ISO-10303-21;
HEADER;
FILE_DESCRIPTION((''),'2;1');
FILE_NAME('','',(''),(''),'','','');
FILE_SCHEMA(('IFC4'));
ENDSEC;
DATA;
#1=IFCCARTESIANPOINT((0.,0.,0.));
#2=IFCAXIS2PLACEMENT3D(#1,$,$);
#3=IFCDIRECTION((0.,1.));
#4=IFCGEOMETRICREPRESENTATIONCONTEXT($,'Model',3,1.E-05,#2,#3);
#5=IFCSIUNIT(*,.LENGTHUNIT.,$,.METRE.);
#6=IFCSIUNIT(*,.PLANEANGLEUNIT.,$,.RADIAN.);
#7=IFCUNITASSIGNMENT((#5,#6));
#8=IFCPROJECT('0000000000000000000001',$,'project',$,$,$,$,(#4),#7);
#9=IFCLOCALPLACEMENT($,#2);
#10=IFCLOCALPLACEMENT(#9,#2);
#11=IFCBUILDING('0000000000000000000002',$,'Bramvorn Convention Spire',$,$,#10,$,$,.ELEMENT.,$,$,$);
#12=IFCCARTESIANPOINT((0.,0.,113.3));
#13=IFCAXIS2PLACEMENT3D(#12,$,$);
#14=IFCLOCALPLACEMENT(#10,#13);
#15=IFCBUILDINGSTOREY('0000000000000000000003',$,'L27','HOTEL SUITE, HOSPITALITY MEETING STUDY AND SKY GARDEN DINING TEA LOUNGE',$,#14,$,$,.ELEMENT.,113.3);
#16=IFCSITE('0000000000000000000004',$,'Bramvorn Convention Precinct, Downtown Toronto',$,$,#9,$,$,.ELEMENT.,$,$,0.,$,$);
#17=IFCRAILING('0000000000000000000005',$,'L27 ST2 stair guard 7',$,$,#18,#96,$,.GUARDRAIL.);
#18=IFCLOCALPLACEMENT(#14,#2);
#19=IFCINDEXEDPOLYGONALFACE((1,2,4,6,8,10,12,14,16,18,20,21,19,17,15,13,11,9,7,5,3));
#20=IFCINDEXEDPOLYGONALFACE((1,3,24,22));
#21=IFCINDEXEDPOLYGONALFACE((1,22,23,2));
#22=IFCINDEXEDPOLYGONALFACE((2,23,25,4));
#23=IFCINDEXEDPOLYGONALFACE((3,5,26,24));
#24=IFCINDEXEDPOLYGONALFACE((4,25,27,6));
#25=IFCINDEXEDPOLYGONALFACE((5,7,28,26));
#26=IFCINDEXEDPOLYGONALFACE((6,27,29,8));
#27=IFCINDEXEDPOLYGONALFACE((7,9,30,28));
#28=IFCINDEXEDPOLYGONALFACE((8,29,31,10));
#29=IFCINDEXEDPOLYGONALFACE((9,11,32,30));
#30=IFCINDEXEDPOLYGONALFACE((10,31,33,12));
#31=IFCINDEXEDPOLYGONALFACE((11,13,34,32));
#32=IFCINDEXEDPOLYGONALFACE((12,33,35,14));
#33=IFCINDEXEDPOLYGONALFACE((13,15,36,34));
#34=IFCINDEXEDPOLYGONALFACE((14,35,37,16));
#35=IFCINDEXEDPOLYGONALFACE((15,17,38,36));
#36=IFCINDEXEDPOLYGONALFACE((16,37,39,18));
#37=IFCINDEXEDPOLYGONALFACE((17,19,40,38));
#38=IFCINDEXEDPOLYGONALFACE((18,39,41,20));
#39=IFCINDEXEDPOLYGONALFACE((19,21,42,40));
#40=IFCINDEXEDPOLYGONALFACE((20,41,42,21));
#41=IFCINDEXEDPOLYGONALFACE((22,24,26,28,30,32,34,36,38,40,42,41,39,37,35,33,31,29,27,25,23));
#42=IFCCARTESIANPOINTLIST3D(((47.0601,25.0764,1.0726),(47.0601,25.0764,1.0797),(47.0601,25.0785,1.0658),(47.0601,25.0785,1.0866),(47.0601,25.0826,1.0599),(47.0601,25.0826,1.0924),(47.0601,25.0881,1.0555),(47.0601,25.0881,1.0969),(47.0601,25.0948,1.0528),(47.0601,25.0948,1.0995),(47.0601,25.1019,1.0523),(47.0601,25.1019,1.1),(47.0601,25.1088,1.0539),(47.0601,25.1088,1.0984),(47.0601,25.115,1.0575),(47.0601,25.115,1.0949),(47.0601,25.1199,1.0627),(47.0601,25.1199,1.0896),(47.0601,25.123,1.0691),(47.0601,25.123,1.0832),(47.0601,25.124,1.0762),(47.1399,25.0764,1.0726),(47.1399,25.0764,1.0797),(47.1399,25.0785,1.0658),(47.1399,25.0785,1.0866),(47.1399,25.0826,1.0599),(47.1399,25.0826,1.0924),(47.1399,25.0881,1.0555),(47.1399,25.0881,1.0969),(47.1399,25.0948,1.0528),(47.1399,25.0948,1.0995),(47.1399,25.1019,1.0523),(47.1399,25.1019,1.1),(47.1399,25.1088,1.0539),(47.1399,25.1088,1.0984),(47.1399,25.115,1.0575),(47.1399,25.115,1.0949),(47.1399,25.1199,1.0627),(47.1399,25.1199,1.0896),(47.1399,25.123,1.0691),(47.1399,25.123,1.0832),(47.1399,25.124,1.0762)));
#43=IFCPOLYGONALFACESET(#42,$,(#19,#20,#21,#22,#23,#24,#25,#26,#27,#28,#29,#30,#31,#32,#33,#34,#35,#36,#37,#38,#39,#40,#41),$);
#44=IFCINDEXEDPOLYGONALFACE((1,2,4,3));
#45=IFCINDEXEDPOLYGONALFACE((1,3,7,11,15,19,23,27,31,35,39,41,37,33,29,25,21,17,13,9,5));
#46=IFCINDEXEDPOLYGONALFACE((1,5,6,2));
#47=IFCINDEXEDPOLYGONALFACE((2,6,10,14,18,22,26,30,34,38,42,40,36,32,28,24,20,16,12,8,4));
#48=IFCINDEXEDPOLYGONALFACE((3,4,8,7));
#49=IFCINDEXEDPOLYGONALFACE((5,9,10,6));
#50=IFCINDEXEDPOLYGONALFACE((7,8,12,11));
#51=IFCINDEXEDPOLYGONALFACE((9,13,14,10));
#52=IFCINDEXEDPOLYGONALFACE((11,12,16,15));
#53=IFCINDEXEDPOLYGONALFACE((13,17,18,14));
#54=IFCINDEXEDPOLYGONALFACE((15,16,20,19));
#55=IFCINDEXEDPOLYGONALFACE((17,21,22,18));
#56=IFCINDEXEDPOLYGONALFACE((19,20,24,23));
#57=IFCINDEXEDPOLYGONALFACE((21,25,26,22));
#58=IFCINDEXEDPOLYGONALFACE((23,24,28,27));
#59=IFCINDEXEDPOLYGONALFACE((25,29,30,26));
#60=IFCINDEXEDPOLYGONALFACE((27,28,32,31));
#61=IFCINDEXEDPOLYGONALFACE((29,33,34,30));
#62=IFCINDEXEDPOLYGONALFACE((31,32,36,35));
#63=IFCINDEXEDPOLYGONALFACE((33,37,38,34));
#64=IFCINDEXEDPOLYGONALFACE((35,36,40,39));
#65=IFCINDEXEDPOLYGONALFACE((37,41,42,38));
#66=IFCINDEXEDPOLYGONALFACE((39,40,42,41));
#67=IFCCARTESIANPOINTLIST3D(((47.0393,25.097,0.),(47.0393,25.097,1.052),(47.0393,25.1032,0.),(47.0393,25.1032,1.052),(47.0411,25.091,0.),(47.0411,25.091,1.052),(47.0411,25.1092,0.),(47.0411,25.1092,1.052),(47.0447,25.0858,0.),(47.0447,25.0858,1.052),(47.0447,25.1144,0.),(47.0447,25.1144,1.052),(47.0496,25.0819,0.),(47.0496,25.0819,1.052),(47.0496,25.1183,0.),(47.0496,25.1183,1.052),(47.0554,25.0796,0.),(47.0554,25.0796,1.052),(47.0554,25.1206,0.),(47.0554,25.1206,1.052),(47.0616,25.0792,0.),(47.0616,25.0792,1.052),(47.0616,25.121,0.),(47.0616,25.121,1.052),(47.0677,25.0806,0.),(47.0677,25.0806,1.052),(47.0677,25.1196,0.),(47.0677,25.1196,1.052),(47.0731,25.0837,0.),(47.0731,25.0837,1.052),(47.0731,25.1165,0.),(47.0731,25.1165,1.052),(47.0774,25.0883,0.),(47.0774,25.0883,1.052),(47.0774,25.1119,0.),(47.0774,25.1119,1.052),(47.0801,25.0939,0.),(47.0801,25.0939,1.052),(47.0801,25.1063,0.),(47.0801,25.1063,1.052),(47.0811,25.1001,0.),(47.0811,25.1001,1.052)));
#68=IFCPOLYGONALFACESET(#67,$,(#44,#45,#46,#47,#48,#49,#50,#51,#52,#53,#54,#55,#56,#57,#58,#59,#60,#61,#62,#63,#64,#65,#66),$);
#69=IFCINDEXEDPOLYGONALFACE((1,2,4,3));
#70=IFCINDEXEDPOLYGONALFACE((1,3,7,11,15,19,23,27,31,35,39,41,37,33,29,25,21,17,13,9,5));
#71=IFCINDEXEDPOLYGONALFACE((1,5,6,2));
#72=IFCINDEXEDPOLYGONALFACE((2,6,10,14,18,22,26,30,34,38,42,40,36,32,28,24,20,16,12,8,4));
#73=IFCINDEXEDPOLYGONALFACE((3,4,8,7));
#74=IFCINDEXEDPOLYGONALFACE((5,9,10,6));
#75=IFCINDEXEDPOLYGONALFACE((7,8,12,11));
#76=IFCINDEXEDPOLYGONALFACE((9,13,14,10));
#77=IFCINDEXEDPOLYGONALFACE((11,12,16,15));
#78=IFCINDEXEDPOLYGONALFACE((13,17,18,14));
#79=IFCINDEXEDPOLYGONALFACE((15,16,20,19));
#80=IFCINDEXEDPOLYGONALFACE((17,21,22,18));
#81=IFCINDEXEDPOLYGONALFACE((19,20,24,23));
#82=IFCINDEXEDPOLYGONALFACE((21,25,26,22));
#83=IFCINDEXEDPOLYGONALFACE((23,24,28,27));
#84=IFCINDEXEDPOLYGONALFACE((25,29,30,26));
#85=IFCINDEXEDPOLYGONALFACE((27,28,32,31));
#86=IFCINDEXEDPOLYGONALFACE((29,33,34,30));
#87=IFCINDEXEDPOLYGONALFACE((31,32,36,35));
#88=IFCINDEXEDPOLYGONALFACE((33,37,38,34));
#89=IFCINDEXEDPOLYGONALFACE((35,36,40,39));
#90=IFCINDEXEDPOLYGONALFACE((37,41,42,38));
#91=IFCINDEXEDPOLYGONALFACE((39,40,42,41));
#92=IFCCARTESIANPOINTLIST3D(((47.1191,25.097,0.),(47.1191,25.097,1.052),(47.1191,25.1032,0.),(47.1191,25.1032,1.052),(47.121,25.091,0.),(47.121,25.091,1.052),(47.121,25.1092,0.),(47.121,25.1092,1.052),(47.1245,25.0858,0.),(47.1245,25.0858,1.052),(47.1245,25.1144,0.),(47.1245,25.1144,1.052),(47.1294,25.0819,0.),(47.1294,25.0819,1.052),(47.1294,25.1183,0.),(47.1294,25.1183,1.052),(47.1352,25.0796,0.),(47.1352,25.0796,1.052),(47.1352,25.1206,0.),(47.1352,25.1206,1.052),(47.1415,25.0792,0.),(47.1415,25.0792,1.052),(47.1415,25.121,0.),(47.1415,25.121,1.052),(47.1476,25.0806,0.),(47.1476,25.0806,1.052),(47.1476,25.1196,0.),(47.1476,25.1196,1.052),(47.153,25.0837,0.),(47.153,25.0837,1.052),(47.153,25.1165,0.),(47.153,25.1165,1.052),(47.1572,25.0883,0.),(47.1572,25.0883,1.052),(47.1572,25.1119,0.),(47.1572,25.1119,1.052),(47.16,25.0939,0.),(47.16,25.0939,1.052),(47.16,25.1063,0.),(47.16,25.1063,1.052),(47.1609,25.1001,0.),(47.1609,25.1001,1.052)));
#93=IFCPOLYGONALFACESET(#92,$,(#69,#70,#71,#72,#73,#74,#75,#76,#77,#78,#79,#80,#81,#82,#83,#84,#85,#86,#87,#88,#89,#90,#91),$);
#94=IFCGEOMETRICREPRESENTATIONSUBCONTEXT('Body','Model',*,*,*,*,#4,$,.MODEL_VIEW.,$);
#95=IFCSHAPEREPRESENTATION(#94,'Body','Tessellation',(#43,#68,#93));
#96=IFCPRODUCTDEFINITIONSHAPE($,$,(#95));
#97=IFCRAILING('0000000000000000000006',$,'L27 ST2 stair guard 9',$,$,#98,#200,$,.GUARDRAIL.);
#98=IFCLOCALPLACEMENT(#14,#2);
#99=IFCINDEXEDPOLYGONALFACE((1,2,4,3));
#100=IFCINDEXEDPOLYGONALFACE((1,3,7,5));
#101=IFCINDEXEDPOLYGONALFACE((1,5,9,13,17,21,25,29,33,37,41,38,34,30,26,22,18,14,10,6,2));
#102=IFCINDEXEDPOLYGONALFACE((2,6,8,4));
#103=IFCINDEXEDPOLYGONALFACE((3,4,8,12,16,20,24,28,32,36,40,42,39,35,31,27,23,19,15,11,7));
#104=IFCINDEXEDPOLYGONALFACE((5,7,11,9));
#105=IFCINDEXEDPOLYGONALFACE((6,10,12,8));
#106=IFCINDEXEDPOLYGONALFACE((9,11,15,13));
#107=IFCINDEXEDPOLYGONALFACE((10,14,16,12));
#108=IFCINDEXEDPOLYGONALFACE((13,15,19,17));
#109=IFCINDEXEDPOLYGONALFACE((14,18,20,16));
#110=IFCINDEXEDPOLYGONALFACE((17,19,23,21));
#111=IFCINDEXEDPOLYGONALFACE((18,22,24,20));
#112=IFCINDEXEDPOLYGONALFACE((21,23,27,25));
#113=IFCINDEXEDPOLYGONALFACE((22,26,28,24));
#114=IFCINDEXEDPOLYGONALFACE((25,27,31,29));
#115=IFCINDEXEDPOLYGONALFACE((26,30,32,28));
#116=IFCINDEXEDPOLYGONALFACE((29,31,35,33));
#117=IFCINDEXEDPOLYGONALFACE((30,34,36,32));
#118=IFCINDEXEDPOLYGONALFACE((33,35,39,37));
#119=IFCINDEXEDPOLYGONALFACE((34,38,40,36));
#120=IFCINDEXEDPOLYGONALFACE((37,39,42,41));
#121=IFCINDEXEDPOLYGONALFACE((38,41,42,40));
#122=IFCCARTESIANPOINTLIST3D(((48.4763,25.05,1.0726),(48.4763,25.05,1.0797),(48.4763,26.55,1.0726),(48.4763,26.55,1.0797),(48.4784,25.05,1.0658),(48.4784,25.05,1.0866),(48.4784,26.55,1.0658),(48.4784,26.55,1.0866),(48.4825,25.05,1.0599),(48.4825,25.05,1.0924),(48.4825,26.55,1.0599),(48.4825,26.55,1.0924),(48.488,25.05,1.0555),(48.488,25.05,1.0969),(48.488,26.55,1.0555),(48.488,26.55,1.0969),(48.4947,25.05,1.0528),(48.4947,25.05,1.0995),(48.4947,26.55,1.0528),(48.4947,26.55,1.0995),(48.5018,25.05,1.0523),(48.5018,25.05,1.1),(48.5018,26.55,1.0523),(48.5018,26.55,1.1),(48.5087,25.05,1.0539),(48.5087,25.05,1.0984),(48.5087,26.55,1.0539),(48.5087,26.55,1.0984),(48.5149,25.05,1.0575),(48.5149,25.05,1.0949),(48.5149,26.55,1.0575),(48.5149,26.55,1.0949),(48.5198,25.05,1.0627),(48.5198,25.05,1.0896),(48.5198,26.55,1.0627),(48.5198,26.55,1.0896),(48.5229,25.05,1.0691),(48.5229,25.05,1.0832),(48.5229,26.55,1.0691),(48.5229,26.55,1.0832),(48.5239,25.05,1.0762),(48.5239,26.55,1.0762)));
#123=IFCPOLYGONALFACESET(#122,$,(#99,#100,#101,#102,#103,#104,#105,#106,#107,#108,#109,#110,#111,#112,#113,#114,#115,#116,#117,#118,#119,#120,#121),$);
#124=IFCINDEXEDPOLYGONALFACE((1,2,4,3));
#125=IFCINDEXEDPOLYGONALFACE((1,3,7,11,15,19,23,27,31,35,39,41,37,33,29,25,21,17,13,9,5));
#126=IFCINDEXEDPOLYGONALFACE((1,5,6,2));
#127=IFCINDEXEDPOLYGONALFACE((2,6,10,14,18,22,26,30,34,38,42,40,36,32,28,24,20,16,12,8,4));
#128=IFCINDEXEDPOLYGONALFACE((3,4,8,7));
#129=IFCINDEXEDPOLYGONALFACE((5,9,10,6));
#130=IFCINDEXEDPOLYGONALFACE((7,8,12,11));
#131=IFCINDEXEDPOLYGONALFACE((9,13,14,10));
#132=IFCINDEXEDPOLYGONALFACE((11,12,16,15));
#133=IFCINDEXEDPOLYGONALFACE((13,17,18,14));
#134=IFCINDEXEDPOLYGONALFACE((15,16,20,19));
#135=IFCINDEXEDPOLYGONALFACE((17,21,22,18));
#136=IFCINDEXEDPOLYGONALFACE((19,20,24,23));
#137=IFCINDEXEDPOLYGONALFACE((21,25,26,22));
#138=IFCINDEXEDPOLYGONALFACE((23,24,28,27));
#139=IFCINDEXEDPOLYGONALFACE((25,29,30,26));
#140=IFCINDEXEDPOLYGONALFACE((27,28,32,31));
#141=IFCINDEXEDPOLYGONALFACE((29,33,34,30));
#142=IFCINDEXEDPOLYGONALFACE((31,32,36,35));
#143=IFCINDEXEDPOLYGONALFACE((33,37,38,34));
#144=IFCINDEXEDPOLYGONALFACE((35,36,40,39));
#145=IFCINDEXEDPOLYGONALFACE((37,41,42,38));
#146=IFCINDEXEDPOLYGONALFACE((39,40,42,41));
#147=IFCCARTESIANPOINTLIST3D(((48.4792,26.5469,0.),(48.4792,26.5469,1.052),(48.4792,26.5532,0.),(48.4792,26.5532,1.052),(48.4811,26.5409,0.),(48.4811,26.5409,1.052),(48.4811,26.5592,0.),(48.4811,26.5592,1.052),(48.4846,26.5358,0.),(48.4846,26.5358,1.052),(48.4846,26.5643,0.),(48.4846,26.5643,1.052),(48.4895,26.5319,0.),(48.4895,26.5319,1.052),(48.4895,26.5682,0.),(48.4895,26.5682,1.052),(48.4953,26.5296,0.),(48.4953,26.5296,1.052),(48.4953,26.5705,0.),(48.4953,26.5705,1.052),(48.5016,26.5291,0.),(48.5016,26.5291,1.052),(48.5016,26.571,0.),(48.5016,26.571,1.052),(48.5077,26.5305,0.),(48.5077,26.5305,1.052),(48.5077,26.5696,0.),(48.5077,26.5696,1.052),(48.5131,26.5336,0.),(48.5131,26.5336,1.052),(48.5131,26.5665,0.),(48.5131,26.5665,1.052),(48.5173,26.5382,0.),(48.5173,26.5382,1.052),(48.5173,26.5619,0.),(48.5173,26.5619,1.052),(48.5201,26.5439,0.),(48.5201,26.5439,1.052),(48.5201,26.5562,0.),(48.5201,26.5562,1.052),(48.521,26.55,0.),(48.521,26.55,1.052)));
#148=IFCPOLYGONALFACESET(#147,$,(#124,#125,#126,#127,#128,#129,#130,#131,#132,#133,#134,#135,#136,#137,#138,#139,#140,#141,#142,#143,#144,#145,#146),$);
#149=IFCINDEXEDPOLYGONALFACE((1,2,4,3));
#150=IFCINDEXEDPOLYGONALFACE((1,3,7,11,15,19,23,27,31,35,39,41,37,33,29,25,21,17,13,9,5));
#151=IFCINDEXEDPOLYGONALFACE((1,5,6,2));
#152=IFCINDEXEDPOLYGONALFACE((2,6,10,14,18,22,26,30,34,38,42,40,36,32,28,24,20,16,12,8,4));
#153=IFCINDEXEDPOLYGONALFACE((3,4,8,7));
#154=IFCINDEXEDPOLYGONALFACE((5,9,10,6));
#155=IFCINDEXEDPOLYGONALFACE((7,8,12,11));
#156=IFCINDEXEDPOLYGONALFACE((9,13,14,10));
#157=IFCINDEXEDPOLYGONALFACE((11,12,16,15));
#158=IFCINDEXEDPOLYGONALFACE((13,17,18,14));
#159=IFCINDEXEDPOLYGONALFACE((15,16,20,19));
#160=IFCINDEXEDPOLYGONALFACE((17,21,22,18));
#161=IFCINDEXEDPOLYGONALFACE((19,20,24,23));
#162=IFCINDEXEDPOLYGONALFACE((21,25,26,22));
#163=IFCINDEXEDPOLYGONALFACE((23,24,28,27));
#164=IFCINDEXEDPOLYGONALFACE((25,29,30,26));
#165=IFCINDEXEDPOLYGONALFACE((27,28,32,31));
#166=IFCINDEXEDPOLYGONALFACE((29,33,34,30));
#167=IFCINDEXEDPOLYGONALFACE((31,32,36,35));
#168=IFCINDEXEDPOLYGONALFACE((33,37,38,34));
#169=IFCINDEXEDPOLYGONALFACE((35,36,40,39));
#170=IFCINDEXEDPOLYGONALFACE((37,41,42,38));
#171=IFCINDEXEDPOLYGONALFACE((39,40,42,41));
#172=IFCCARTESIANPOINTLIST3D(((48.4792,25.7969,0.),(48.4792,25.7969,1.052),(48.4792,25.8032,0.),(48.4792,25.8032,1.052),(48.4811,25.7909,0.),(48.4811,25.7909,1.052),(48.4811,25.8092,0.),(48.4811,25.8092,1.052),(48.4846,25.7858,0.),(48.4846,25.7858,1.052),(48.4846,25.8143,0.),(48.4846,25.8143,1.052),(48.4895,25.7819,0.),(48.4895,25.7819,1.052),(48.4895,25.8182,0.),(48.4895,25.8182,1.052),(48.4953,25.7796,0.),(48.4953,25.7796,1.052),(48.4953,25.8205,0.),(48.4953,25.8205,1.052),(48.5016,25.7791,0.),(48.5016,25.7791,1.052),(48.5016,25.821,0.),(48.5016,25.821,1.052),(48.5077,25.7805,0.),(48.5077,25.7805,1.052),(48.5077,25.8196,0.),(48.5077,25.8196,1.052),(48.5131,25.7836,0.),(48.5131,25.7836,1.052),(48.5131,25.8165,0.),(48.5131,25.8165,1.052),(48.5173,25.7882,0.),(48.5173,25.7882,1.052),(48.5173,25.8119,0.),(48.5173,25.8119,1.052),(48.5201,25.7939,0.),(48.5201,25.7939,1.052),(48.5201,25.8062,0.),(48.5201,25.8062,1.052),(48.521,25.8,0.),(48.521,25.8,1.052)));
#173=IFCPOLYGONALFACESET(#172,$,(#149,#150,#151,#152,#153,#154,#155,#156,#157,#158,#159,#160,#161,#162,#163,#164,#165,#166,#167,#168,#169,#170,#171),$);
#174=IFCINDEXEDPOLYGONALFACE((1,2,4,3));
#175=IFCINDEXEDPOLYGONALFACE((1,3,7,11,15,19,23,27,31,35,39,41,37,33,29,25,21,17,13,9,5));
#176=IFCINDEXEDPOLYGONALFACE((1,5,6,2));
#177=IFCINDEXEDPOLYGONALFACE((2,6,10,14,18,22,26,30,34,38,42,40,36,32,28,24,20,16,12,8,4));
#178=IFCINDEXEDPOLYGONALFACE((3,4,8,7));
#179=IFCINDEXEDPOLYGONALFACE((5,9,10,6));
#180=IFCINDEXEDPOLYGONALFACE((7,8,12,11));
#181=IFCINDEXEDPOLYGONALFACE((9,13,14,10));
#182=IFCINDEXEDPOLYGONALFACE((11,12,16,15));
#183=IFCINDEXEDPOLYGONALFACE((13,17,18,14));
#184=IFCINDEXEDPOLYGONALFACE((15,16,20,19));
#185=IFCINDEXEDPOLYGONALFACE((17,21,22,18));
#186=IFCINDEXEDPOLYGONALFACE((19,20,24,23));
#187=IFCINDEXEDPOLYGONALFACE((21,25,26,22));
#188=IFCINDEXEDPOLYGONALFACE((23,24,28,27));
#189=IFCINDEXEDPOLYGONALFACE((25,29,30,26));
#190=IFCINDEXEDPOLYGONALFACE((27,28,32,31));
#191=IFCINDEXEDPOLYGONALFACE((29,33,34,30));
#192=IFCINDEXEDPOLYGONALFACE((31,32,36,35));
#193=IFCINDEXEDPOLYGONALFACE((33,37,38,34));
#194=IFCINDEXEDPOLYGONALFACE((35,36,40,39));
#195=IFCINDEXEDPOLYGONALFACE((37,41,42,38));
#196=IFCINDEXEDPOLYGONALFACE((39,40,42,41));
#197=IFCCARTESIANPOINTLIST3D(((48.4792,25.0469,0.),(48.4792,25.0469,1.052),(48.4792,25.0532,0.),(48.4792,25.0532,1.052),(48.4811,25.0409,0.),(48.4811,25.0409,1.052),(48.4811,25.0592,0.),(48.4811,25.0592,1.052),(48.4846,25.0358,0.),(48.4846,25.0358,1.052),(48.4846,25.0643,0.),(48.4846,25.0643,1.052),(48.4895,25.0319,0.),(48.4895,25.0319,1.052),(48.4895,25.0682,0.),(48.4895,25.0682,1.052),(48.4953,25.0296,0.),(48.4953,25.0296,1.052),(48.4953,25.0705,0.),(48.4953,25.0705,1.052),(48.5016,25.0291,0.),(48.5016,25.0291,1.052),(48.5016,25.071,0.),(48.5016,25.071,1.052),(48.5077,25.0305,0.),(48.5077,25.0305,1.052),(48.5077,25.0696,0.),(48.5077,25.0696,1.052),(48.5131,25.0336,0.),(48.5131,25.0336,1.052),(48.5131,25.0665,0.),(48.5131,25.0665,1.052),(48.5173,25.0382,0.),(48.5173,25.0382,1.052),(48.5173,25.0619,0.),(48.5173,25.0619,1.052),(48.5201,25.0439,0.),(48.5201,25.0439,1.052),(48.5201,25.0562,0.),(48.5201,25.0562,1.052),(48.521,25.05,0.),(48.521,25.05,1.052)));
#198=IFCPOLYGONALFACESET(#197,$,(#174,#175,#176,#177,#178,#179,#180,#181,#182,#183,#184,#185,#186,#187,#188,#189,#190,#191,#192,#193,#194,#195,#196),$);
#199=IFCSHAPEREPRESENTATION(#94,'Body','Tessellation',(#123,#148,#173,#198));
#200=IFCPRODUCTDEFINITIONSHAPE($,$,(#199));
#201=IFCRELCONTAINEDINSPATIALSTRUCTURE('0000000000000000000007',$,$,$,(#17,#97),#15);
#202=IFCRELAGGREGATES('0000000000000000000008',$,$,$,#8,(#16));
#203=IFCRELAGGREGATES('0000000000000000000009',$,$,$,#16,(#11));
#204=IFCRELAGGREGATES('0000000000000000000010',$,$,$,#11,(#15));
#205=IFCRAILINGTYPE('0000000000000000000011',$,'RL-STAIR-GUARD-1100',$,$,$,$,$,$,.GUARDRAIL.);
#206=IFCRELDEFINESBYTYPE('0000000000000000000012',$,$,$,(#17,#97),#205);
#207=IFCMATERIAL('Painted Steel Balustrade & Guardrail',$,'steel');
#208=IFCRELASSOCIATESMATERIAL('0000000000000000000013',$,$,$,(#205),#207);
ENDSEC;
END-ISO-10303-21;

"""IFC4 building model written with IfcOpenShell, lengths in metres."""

from ifc_helpers import new_model, si_unit, direction, frame, origin, origin_2d, place, context, subcontext, project, spatial, circle, extrude, material, type_object, element, save


model = new_model("IFC4")

# Units and contexts
model_context = context("Model", 3, precision=1e-05, world=origin(), true_north=direction((0.0, 1.0)))
body_context = subcontext(model_context, "Body", "Model", "MODEL_VIEW")
ifc_project = project(units=[si_unit("LENGTHUNIT", "METRE"), si_unit("PLANEANGLEUNIT", "RADIAN")], contexts=[model_context])

# Site, building, storey
site_placement = place(None, origin())
site = spatial("IfcSite", under=ifc_project, at=site_placement, Name="Bramvorn Convention Precinct, Downtown Toronto", CompositionType="ELEMENT", RefElevation=0.0)
building_placement = place(site_placement, origin())
building = spatial("IfcBuilding", under=site, at=building_placement, Name="Bramvorn Convention Spire", CompositionType="ELEMENT")
storey_placement = place(building_placement, frame((0.0, 0.0, 113.3)))
storey = spatial("IfcBuildingStorey", under=building, at=storey_placement, Name="L27", Description="HOTEL SUITE, HOSPITALITY MEETING STUDY AND SKY GARDEN DINING TEA LOUNGE", CompositionType="ELEMENT", Elevation=113.3)

# Railings
ifc_material_1 = material(Name="Painted Steel Balustrade & Guardrail", Category="steel")
railing_type_1 = type_object("IfcRailingType", Name="RL-STAIR-GUARD-1100", PredefinedType="GUARDRAIL", material=ifc_material_1)
railing_1_placement = place(storey_placement, frame((47.0601, 25.1001, 0.0)))
element("IfcRailing", 1, at=railing_1_placement, inside=storey, type_object=railing_type_1, Name="L27 ST2 stair guard 7", PredefinedType="GUARDRAIL", context=body_context, shape_type="SweptSolid", body=[
    extrude(circle(Radius=0.0239, at=origin_2d()), frame((0.0, 0.0, 1.0762), z_axis=(1.0, 0.0, 0.0), x_axis=(0.0, 1.0, 0.0)), (0.0, 0.0, 1.0), 0.0798),
    extrude(circle(Radius=0.021, at=origin_2d()), origin(), (0.0, 0.0, 1.0), 1.052),
    extrude(circle(Radius=0.021, at=origin_2d()), frame((0.0798, 0.0, 0.0)), (0.0, 0.0, 1.0), 1.052),
])
railing_2_placement = place(storey_placement, frame((48.5, 26.55, 0.0)))
element("IfcRailing", 2, at=railing_2_placement, inside=storey, type_object=railing_type_1, Name="L27 ST2 stair guard 9", PredefinedType="GUARDRAIL", context=body_context, shape_type="SweptSolid", body=[
    extrude(circle(Radius=0.0239, at=origin_2d()), frame((0.0, 0.0, 1.0762), z_axis=(0.0, -1.0, 0.0), x_axis=(1.0, 0.0, 0.0)), (0.0, 0.0, 1.0), 1.5),
    extrude(circle(Radius=0.021, at=origin_2d()), origin(), (0.0, 0.0, 1.0), 1.052),
    extrude(circle(Radius=0.021, at=origin_2d()), frame((0.0, -0.75, 0.0)), (0.0, 0.0, 1.0), 1.052),
    extrude(circle(Radius=0.021, at=origin_2d()), frame((0.0, -1.5, 0.0)), (0.0, 0.0, 1.0), 1.052),
])

save(model, "model.ifc")
